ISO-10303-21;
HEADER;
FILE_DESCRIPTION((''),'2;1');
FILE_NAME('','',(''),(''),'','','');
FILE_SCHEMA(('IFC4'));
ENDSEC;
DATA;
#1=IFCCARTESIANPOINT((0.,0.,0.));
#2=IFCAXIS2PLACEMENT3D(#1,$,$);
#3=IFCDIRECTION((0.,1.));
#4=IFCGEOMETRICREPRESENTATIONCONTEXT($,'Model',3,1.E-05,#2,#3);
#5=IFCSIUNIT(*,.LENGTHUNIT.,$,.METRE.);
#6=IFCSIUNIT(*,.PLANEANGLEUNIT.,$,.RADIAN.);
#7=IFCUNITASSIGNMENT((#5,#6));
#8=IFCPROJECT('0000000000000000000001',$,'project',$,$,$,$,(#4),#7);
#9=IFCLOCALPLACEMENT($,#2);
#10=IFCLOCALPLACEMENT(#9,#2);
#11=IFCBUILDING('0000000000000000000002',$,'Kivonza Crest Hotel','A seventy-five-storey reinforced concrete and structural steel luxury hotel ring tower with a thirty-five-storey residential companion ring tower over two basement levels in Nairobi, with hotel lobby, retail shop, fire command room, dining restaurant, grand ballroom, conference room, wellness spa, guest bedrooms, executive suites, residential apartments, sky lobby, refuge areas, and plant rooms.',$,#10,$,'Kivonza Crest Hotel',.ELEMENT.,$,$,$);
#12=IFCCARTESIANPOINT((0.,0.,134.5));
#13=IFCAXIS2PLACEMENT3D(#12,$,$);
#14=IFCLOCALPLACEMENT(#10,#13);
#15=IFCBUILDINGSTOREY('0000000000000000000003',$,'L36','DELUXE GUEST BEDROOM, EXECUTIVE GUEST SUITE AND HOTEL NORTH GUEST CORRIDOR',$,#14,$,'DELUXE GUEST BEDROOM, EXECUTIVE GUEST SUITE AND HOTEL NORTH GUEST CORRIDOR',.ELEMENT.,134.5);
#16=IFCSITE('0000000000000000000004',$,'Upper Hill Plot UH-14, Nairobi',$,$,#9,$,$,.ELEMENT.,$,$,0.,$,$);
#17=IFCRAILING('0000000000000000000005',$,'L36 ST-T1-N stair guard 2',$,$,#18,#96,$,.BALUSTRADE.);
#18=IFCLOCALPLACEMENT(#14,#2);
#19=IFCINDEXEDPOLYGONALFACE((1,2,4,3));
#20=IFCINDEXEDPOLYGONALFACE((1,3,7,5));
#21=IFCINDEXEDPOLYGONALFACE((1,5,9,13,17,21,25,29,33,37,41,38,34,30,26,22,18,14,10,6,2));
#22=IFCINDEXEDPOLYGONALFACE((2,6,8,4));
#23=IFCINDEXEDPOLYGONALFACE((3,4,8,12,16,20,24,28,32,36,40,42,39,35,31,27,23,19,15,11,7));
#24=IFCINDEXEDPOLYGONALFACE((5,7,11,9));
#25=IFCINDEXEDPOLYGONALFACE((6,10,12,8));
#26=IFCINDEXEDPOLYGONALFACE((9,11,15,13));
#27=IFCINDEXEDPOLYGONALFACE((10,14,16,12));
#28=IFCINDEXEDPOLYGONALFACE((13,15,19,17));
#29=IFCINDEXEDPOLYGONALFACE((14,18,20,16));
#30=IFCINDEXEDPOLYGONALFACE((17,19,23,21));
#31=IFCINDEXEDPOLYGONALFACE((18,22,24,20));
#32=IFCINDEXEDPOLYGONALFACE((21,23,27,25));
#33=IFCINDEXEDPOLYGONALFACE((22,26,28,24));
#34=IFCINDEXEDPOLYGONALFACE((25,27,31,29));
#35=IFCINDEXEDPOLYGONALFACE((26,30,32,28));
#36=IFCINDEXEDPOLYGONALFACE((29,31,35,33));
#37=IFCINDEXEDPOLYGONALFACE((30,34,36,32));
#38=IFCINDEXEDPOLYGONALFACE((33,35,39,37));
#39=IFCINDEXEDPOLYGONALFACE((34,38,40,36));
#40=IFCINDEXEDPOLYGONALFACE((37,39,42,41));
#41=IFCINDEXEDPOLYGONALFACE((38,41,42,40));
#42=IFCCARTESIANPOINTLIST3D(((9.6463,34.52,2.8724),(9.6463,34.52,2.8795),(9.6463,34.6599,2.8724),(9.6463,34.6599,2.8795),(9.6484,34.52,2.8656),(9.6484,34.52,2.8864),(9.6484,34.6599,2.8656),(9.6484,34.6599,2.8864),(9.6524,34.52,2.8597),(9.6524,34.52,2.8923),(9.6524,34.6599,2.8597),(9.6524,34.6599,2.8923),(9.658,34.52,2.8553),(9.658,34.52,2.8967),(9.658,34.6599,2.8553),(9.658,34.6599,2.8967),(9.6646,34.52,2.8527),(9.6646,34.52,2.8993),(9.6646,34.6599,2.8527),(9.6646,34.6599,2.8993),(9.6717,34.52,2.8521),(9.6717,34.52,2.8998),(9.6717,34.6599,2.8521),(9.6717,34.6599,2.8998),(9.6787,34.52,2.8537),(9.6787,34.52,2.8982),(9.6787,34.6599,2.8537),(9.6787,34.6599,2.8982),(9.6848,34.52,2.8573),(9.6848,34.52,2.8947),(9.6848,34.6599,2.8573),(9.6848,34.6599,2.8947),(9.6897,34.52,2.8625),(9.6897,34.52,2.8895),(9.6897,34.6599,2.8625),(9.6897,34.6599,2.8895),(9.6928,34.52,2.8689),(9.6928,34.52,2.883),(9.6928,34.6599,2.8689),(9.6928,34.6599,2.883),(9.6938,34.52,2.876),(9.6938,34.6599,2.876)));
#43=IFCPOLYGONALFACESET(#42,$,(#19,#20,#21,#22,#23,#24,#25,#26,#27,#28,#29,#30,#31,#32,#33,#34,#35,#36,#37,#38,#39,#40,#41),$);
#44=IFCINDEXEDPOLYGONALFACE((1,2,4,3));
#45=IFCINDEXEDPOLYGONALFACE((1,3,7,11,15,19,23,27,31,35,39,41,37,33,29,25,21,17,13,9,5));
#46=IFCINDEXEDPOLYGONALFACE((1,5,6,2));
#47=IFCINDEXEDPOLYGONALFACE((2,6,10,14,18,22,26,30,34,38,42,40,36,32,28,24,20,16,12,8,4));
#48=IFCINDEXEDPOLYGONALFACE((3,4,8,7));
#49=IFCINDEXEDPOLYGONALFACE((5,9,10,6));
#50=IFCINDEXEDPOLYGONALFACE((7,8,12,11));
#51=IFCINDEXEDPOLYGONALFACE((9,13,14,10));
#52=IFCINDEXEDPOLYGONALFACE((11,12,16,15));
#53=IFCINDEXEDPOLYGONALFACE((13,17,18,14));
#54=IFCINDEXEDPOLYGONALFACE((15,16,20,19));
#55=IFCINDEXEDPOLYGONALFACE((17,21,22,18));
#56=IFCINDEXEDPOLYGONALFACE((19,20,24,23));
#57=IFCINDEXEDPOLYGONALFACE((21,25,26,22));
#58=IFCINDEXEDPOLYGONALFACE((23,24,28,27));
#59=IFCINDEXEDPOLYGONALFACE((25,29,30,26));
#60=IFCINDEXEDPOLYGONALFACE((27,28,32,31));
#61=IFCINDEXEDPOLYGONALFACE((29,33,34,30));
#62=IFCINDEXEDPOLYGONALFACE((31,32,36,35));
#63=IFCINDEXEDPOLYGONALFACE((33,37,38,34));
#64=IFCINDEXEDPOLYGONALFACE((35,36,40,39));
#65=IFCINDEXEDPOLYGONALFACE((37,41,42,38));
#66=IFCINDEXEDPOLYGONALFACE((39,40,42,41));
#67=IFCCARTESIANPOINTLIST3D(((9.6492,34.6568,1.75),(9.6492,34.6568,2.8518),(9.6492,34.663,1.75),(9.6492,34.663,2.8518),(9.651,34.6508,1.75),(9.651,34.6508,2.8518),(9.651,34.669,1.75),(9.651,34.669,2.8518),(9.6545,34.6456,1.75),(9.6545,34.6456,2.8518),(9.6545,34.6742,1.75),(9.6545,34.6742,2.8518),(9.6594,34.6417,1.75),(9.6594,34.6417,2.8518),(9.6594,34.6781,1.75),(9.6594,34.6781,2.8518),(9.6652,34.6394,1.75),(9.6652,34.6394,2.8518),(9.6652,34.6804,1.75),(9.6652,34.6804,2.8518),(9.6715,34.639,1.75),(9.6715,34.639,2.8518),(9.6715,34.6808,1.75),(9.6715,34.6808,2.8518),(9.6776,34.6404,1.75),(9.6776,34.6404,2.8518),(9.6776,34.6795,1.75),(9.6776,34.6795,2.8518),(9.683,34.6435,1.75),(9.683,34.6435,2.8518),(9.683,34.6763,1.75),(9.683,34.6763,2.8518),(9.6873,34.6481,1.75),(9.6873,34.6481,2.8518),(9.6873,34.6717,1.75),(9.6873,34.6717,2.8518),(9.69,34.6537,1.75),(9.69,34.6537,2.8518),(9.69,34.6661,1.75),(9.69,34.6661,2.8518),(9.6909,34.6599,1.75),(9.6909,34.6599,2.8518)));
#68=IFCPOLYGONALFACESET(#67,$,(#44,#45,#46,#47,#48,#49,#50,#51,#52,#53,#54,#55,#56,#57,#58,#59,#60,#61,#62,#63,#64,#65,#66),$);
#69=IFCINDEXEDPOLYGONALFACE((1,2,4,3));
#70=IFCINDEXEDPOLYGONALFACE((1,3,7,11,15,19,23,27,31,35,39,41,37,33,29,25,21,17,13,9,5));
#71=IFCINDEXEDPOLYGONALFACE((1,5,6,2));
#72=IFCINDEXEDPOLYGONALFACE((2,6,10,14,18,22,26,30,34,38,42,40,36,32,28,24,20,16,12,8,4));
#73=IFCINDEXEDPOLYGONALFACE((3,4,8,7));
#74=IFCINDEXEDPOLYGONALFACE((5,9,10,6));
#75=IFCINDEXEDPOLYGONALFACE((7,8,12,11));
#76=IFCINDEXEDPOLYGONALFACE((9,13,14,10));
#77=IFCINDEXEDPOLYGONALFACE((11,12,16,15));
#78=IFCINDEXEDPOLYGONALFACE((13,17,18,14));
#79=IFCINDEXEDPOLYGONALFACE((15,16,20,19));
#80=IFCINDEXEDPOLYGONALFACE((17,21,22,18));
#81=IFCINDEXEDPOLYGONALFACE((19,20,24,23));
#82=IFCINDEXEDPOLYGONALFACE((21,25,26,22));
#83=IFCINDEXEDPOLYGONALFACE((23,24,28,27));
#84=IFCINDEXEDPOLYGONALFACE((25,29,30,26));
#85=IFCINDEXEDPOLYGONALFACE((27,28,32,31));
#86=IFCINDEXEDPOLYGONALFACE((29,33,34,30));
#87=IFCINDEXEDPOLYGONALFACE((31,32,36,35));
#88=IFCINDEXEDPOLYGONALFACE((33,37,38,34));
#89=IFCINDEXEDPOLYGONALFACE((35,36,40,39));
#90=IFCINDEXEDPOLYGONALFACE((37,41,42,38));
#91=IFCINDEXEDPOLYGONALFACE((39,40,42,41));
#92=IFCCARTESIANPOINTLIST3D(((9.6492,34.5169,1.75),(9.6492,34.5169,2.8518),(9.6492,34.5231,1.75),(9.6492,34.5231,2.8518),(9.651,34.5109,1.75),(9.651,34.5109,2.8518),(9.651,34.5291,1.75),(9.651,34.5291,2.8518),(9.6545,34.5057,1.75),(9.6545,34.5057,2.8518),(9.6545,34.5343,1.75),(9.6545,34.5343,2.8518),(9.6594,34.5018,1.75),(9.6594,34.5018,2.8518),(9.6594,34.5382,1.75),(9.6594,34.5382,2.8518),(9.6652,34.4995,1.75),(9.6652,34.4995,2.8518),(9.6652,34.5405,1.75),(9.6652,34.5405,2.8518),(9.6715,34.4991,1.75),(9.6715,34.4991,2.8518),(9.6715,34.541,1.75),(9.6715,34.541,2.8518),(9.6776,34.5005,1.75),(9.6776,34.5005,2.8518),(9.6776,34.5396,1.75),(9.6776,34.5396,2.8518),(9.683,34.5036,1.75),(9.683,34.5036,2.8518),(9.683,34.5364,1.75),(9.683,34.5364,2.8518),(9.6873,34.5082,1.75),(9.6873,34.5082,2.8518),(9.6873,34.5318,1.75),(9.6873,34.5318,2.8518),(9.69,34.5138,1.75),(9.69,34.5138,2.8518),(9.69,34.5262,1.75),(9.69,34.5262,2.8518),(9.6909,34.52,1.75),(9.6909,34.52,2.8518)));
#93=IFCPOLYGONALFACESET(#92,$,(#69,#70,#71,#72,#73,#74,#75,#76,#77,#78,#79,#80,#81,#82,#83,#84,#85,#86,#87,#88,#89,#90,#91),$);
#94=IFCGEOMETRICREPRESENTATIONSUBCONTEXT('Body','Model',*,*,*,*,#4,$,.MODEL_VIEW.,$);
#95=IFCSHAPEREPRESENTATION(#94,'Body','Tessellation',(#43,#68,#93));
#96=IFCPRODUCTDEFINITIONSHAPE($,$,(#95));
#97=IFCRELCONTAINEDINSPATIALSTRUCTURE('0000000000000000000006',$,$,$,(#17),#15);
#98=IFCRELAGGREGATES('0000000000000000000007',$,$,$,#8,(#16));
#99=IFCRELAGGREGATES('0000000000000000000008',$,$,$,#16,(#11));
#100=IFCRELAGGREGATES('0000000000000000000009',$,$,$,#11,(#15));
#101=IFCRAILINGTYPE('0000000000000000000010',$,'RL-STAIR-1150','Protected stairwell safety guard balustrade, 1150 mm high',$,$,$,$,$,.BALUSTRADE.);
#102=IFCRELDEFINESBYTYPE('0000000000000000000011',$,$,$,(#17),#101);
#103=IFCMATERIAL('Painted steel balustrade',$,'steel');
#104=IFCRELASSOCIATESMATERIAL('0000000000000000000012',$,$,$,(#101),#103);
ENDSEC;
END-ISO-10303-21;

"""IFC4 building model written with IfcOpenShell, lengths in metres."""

from ifc_helpers import new_model, si_unit, direction, frame, origin, origin_2d, place, context, subcontext, project, spatial, circle, extrude, material, type_object, element, save


model = new_model("IFC4")

# Units and contexts
model_context = context("Model", 3, precision=1e-05, world=origin(), true_north=direction((0.0, 1.0)))
body_context = subcontext(model_context, "Body", "Model", "MODEL_VIEW")
ifc_project = project(units=[si_unit("LENGTHUNIT", "METRE"), si_unit("PLANEANGLEUNIT", "RADIAN")], contexts=[model_context])

# Site, building, storey
site_placement = place(None, origin())
site = spatial("IfcSite", under=ifc_project, at=site_placement, Name="Upper Hill Plot UH-14, Nairobi", CompositionType="ELEMENT", RefElevation=0.0)
building_placement = place(site_placement, origin())
building = spatial("IfcBuilding", under=site, at=building_placement, Name="Kivonza Crest Hotel", Description="A seventy-five-storey reinforced concrete and structural steel luxury hotel ring tower with a thirty-five-storey residential companion ring tower over two basement levels in Nairobi, with hotel lobby, retail shop, fire command room, dining restaurant, grand ballroom, conference room, wellness spa, guest bedrooms, executive suites, residential apartments, sky lobby, refuge areas, and plant rooms.", LongName="Kivonza Crest Hotel", CompositionType="ELEMENT")
storey_placement = place(building_placement, frame((0.0, 0.0, 134.5)))
storey = spatial("IfcBuildingStorey", under=building, at=storey_placement, Name="L36", Description="DELUXE GUEST BEDROOM, EXECUTIVE GUEST SUITE AND HOTEL NORTH GUEST CORRIDOR", LongName="DELUXE GUEST BEDROOM, EXECUTIVE GUEST SUITE AND HOTEL NORTH GUEST CORRIDOR", CompositionType="ELEMENT", Elevation=134.5)

# Railing
ifc_material_1 = material(Name="Painted steel balustrade", Category="steel")
railing_type_1 = type_object("IfcRailingType", Name="RL-STAIR-1150", Description="Protected stairwell safety guard balustrade, 1150 mm high", PredefinedType="BALUSTRADE", material=ifc_material_1)
railing_1_placement = place(storey_placement, frame((9.6699, 34.6599, 1.75)))
element("IfcRailing", 1, at=railing_1_placement, inside=storey, type_object=railing_type_1, Name="L36 ST-T1-N stair guard 2", PredefinedType="BALUSTRADE", context=body_context, shape_type="SweptSolid", body=[
    extrude(circle(Radius=0.0239, at=origin_2d()), frame((0.0, 0.0, 1.126), z_axis=(0.0, -1.0, 0.0), x_axis=(1.0, 0.0, 0.0)), (0.0, 0.0, 1.0), 0.1399),
    extrude(circle(Radius=0.021, at=origin_2d()), origin(), (0.0, 0.0, 1.0), 1.1018),
    extrude(circle(Radius=0.021, at=origin_2d()), frame((0.0, -0.1399, 0.0)), (0.0, 0.0, 1.0), 1.1018),
])

save(model, "model.ifc")
